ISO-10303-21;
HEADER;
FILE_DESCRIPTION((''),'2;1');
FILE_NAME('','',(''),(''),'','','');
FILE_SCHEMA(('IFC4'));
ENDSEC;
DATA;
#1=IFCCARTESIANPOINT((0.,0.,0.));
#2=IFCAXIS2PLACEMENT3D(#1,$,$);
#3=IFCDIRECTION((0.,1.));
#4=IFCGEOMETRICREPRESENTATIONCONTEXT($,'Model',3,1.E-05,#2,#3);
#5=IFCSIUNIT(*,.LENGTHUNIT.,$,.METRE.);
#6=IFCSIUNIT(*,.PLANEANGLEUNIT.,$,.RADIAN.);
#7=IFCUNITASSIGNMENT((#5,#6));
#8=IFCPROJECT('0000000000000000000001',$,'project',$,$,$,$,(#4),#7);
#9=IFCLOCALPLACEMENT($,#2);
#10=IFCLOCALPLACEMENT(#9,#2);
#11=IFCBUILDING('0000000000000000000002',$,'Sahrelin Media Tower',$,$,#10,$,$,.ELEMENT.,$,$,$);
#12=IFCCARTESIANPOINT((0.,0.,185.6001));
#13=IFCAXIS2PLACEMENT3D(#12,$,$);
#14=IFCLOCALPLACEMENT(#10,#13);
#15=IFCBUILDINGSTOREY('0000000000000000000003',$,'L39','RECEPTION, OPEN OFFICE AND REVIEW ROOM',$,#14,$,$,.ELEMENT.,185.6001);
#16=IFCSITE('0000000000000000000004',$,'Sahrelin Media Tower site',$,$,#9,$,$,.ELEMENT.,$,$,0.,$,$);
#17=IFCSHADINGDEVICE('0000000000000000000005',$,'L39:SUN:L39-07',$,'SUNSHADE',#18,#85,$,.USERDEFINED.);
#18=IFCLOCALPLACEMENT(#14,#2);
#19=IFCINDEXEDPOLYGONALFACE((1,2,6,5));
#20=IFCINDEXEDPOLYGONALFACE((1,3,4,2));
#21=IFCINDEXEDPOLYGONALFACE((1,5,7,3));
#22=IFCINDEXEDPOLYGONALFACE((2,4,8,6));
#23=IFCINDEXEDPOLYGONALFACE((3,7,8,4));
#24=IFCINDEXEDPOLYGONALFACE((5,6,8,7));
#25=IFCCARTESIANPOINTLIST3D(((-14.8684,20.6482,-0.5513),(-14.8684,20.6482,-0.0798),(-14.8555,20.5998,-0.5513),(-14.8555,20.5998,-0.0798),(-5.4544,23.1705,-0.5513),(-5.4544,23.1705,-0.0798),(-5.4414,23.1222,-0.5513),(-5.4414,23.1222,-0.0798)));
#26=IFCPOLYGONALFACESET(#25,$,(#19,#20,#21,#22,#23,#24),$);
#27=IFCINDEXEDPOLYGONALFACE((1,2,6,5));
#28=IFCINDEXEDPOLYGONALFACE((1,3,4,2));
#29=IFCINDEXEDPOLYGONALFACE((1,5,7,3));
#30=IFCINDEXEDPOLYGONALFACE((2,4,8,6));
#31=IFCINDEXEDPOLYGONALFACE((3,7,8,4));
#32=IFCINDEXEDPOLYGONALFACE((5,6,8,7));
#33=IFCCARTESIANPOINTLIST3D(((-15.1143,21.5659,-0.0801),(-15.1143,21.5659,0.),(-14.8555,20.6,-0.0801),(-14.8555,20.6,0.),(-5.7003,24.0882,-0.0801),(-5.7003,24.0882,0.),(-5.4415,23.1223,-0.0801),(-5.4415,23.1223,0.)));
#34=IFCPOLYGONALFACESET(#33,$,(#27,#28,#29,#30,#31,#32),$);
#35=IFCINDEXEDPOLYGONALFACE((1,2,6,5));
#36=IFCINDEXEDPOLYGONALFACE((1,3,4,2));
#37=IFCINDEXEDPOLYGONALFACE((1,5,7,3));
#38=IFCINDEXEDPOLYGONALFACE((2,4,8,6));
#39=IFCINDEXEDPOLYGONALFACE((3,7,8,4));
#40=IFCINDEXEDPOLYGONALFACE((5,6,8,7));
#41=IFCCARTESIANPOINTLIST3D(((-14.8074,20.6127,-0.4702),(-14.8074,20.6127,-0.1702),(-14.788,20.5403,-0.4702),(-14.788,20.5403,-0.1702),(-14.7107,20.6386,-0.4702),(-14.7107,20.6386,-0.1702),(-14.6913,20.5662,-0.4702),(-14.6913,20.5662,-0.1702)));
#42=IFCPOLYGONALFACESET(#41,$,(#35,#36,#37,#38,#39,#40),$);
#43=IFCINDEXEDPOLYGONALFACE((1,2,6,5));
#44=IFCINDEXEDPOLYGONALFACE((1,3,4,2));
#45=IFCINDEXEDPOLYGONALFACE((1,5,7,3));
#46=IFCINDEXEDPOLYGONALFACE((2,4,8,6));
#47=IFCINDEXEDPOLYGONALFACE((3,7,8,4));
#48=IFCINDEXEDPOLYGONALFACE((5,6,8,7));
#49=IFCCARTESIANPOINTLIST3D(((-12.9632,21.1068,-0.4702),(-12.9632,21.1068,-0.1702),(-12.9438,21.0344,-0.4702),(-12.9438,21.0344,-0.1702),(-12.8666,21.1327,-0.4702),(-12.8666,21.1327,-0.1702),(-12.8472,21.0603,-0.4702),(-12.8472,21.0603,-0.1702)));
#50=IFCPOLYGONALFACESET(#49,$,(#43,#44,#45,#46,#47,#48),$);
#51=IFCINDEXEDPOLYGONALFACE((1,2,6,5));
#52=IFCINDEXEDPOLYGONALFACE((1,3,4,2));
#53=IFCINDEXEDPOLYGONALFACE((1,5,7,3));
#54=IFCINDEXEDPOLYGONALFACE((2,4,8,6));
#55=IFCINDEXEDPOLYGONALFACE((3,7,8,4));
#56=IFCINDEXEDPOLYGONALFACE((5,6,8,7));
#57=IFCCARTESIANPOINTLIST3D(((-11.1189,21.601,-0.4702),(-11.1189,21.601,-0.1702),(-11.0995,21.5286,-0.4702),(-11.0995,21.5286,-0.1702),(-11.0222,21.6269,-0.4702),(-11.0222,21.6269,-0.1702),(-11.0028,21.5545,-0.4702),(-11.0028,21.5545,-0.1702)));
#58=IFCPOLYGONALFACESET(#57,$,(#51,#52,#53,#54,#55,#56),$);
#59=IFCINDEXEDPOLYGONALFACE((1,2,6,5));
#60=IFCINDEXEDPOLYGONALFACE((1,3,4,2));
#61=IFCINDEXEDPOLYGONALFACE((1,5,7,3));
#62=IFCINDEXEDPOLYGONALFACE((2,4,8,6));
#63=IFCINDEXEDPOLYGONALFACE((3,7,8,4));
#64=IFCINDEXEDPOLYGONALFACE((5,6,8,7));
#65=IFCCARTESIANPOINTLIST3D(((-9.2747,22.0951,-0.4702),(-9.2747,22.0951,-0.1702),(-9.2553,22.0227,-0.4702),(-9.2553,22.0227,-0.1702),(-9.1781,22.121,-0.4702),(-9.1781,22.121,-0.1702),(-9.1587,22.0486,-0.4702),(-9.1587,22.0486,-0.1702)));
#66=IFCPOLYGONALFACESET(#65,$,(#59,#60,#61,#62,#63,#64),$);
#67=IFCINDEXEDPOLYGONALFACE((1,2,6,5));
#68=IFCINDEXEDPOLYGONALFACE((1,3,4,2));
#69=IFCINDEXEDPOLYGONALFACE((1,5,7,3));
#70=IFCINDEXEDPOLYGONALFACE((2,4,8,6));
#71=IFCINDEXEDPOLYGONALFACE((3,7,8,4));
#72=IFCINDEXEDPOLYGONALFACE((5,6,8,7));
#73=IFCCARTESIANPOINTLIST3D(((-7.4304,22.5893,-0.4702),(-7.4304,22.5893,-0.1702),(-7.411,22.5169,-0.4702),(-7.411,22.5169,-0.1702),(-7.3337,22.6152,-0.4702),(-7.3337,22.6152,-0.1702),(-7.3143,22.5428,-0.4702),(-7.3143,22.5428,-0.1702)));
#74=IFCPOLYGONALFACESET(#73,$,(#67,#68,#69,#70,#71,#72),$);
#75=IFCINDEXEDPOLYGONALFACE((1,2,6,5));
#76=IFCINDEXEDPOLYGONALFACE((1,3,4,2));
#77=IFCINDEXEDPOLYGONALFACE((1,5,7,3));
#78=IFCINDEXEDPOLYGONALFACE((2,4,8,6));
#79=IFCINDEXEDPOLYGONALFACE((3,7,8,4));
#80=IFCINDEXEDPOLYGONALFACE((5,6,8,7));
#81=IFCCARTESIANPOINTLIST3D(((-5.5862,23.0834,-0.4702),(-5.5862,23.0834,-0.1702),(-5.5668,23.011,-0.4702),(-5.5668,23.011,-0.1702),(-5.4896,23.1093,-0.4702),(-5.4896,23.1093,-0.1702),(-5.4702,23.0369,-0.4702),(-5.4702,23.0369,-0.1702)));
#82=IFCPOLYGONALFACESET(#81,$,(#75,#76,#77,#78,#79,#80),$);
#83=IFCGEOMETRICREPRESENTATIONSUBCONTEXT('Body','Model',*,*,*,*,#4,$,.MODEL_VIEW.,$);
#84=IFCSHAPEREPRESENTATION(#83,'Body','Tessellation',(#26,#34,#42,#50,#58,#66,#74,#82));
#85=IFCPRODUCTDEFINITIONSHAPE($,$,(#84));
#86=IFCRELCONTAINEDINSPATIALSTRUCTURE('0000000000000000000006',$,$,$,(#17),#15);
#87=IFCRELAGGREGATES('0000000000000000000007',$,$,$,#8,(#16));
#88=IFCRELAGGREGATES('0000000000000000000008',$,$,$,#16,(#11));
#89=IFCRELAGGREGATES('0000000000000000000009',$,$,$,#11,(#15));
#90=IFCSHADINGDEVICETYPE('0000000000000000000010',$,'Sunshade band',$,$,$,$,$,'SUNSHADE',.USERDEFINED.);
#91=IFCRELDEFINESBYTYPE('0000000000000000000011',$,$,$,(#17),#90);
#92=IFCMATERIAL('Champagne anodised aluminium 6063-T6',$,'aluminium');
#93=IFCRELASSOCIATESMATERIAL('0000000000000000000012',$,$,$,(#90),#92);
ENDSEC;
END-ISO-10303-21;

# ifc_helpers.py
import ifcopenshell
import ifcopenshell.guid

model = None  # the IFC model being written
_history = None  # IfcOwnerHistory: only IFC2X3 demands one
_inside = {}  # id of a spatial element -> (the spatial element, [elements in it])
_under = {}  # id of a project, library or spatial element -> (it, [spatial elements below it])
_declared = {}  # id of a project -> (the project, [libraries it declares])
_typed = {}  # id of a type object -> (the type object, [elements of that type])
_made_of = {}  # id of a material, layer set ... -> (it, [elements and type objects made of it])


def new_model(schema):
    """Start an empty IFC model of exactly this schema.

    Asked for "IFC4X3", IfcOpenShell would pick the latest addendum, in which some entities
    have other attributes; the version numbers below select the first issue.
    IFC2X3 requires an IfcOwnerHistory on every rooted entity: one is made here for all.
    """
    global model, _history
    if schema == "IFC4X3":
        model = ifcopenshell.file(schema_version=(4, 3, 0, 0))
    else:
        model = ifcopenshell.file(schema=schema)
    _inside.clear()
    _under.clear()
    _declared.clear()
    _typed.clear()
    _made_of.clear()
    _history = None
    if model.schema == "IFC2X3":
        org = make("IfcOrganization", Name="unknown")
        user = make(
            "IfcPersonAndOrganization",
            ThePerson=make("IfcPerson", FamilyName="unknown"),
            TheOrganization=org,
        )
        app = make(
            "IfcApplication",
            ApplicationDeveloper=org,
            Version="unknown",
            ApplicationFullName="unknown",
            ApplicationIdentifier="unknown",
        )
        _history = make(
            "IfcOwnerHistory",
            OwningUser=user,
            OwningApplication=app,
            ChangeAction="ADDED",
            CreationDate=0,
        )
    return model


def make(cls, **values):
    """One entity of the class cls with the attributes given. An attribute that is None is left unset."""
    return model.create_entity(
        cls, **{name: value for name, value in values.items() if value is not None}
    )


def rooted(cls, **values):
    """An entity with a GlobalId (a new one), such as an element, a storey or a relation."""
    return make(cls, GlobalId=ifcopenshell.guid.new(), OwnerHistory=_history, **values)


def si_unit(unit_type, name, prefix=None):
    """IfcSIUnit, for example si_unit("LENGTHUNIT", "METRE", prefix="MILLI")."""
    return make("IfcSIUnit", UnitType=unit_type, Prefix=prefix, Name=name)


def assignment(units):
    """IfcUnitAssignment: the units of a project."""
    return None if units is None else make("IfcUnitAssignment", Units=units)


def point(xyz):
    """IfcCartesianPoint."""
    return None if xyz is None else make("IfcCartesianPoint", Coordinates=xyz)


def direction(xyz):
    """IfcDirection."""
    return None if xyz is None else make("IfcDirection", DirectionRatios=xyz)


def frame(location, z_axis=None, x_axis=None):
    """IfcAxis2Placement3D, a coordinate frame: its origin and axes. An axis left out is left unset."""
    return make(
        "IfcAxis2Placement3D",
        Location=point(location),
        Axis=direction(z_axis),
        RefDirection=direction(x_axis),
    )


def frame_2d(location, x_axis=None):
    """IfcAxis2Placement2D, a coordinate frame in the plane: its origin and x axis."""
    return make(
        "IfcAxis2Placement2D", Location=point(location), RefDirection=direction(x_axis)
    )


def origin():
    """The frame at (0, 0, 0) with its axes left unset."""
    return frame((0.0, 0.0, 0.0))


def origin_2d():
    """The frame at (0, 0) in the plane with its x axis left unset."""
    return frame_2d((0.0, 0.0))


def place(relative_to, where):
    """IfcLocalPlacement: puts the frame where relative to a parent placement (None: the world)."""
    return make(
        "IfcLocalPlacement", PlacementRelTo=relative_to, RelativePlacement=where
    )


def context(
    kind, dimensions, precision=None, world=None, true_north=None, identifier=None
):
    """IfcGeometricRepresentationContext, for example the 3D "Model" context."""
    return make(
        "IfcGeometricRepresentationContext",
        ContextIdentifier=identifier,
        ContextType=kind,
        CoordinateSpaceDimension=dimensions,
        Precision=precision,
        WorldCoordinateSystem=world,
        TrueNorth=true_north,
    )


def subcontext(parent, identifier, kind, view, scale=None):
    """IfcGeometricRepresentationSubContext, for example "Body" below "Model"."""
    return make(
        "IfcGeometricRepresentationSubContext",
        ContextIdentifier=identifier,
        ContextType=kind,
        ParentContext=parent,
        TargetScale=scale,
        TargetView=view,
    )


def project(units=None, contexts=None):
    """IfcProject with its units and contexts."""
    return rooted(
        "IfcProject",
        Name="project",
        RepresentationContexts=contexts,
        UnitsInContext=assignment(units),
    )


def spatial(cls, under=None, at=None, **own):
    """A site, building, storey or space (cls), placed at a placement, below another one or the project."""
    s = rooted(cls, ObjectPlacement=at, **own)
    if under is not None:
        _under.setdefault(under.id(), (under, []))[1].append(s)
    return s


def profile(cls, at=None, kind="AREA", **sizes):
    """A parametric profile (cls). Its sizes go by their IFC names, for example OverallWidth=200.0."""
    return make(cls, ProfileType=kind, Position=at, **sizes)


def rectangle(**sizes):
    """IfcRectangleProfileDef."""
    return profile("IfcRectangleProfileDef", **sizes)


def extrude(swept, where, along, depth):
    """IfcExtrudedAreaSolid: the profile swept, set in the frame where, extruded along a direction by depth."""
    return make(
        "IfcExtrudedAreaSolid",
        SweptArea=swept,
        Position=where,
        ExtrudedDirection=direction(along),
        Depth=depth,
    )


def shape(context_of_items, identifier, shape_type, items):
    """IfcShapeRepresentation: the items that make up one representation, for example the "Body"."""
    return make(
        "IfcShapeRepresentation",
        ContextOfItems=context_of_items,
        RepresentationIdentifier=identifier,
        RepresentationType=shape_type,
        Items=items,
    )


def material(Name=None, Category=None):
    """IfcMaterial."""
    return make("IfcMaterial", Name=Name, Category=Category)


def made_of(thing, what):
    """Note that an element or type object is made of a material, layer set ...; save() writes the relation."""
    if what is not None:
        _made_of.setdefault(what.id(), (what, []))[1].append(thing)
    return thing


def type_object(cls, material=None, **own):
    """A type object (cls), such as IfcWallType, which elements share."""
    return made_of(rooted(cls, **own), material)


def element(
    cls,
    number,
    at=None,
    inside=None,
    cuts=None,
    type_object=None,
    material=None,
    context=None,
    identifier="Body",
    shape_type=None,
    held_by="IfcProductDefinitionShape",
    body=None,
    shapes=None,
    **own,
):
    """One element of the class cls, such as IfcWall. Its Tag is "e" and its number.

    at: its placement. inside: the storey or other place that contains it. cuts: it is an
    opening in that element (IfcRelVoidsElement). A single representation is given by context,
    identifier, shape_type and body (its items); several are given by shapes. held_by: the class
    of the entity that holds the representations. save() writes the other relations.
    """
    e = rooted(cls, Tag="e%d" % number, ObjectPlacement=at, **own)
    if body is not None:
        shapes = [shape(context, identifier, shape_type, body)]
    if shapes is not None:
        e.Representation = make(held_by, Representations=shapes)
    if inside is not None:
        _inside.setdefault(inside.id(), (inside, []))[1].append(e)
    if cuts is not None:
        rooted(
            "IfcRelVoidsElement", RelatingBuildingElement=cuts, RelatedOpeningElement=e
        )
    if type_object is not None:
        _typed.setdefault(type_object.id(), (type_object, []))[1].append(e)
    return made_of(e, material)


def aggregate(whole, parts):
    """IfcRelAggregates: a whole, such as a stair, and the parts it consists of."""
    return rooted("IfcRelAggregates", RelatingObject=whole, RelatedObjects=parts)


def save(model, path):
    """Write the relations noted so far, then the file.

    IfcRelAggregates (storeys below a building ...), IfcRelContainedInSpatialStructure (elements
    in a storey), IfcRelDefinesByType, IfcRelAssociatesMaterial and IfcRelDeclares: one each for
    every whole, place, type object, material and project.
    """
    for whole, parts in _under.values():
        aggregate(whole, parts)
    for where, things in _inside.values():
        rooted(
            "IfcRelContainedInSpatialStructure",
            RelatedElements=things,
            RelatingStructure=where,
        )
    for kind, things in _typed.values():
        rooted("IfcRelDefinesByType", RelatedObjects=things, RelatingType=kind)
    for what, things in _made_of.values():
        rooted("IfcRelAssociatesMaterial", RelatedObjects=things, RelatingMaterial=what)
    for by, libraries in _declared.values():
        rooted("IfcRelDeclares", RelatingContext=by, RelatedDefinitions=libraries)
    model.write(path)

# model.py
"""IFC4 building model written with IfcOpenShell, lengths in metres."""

from ifc_helpers import new_model, si_unit, direction, frame, origin, origin_2d, place, context, subcontext, project, spatial, rectangle, extrude, material, type_object, element, save


model = new_model("IFC4")

# Units and contexts
model_context = context("Model", 3, precision=1e-05, world=origin(), true_north=direction((0.0, 1.0)))
body_context = subcontext(model_context, "Body", "Model", "MODEL_VIEW")
ifc_project = project(units=[si_unit("LENGTHUNIT", "METRE"), si_unit("PLANEANGLEUNIT", "RADIAN")], contexts=[model_context])

# Site, building, storey
site_placement = place(None, origin())
site = spatial("IfcSite", under=ifc_project, at=site_placement, Name="Sahrelin Media Tower site", CompositionType="ELEMENT", RefElevation=0.0)
building_placement = place(site_placement, origin())
building = spatial("IfcBuilding", under=site, at=building_placement, Name="Sahrelin Media Tower", CompositionType="ELEMENT")
storey_placement = place(building_placement, frame((0.0, 0.0, 185.6001)))
storey = spatial("IfcBuildingStorey", under=building, at=storey_placement, Name="L39", Description="RECEPTION, OPEN OFFICE AND REVIEW ROOM", CompositionType="ELEMENT", Elevation=185.6001)

# Shared definitions
ifc_material_1 = material(Name="Champagne anodised aluminium 6063-T6", Category="aluminium")

# Shading device
placement = place(storey_placement, frame((-10.1433, 21.8418, 0.0), z_axis=(0.0, 0.0, 1.0), x_axis=(0.965929, 0.258808, 0.0)))
shading_device_type_1 = type_object("IfcShadingDeviceType", Name="Sunshade band", ElementType="SUNSHADE", PredefinedType="USERDEFINED", material=ifc_material_1)
element("IfcShadingDevice", 1, at=placement, inside=storey, type_object=shading_device_type_1, Name="L39:SUN:L39-07", ObjectType="SUNSHADE", PredefinedType="USERDEFINED", context=body_context, shape_type="SweptSolid", body=[
    extrude(rectangle(XDim=9.7461, YDim=0.05, at=origin_2d()), frame((0.0, 0.0449, -0.5513)), (0.0, 0.0, 1.0), 0.4714),
    extrude(rectangle(XDim=9.7461, YDim=1.0, at=origin_2d()), frame((0.0, 0.52, -0.0801)), (0.0, 0.0, 1.0), 0.0801),
    extrude(rectangle(XDim=0.1001, YDim=0.075, at=origin_2d()), frame((-4.7732, -0.0176, -0.4702)), (0.0, 0.0, 1.0), 0.3),
    extrude(rectangle(XDim=0.1001, YDim=0.075, at=origin_2d()), frame((-2.864, -0.0176, -0.4702)), (0.0, 0.0, 1.0), 0.3),
    extrude(rectangle(XDim=0.1001, YDim=0.075, at=origin_2d()), frame((-0.9546, -0.0176, -0.4702)), (0.0, 0.0, 1.0), 0.3),
    extrude(rectangle(XDim=0.1001, YDim=0.075, at=origin_2d()), frame((0.9546, -0.0176, -0.4702)), (0.0, 0.0, 1.0), 0.3),
    extrude(rectangle(XDim=0.1001, YDim=0.075, at=origin_2d()), frame((2.864, -0.0176, -0.4702)), (0.0, 0.0, 1.0), 0.3),
    extrude(rectangle(XDim=0.1001, YDim=0.075, at=origin_2d()), frame((4.7732, -0.0176, -0.4702)), (0.0, 0.0, 1.0), 0.3),
])

save(model, "model.ifc")
